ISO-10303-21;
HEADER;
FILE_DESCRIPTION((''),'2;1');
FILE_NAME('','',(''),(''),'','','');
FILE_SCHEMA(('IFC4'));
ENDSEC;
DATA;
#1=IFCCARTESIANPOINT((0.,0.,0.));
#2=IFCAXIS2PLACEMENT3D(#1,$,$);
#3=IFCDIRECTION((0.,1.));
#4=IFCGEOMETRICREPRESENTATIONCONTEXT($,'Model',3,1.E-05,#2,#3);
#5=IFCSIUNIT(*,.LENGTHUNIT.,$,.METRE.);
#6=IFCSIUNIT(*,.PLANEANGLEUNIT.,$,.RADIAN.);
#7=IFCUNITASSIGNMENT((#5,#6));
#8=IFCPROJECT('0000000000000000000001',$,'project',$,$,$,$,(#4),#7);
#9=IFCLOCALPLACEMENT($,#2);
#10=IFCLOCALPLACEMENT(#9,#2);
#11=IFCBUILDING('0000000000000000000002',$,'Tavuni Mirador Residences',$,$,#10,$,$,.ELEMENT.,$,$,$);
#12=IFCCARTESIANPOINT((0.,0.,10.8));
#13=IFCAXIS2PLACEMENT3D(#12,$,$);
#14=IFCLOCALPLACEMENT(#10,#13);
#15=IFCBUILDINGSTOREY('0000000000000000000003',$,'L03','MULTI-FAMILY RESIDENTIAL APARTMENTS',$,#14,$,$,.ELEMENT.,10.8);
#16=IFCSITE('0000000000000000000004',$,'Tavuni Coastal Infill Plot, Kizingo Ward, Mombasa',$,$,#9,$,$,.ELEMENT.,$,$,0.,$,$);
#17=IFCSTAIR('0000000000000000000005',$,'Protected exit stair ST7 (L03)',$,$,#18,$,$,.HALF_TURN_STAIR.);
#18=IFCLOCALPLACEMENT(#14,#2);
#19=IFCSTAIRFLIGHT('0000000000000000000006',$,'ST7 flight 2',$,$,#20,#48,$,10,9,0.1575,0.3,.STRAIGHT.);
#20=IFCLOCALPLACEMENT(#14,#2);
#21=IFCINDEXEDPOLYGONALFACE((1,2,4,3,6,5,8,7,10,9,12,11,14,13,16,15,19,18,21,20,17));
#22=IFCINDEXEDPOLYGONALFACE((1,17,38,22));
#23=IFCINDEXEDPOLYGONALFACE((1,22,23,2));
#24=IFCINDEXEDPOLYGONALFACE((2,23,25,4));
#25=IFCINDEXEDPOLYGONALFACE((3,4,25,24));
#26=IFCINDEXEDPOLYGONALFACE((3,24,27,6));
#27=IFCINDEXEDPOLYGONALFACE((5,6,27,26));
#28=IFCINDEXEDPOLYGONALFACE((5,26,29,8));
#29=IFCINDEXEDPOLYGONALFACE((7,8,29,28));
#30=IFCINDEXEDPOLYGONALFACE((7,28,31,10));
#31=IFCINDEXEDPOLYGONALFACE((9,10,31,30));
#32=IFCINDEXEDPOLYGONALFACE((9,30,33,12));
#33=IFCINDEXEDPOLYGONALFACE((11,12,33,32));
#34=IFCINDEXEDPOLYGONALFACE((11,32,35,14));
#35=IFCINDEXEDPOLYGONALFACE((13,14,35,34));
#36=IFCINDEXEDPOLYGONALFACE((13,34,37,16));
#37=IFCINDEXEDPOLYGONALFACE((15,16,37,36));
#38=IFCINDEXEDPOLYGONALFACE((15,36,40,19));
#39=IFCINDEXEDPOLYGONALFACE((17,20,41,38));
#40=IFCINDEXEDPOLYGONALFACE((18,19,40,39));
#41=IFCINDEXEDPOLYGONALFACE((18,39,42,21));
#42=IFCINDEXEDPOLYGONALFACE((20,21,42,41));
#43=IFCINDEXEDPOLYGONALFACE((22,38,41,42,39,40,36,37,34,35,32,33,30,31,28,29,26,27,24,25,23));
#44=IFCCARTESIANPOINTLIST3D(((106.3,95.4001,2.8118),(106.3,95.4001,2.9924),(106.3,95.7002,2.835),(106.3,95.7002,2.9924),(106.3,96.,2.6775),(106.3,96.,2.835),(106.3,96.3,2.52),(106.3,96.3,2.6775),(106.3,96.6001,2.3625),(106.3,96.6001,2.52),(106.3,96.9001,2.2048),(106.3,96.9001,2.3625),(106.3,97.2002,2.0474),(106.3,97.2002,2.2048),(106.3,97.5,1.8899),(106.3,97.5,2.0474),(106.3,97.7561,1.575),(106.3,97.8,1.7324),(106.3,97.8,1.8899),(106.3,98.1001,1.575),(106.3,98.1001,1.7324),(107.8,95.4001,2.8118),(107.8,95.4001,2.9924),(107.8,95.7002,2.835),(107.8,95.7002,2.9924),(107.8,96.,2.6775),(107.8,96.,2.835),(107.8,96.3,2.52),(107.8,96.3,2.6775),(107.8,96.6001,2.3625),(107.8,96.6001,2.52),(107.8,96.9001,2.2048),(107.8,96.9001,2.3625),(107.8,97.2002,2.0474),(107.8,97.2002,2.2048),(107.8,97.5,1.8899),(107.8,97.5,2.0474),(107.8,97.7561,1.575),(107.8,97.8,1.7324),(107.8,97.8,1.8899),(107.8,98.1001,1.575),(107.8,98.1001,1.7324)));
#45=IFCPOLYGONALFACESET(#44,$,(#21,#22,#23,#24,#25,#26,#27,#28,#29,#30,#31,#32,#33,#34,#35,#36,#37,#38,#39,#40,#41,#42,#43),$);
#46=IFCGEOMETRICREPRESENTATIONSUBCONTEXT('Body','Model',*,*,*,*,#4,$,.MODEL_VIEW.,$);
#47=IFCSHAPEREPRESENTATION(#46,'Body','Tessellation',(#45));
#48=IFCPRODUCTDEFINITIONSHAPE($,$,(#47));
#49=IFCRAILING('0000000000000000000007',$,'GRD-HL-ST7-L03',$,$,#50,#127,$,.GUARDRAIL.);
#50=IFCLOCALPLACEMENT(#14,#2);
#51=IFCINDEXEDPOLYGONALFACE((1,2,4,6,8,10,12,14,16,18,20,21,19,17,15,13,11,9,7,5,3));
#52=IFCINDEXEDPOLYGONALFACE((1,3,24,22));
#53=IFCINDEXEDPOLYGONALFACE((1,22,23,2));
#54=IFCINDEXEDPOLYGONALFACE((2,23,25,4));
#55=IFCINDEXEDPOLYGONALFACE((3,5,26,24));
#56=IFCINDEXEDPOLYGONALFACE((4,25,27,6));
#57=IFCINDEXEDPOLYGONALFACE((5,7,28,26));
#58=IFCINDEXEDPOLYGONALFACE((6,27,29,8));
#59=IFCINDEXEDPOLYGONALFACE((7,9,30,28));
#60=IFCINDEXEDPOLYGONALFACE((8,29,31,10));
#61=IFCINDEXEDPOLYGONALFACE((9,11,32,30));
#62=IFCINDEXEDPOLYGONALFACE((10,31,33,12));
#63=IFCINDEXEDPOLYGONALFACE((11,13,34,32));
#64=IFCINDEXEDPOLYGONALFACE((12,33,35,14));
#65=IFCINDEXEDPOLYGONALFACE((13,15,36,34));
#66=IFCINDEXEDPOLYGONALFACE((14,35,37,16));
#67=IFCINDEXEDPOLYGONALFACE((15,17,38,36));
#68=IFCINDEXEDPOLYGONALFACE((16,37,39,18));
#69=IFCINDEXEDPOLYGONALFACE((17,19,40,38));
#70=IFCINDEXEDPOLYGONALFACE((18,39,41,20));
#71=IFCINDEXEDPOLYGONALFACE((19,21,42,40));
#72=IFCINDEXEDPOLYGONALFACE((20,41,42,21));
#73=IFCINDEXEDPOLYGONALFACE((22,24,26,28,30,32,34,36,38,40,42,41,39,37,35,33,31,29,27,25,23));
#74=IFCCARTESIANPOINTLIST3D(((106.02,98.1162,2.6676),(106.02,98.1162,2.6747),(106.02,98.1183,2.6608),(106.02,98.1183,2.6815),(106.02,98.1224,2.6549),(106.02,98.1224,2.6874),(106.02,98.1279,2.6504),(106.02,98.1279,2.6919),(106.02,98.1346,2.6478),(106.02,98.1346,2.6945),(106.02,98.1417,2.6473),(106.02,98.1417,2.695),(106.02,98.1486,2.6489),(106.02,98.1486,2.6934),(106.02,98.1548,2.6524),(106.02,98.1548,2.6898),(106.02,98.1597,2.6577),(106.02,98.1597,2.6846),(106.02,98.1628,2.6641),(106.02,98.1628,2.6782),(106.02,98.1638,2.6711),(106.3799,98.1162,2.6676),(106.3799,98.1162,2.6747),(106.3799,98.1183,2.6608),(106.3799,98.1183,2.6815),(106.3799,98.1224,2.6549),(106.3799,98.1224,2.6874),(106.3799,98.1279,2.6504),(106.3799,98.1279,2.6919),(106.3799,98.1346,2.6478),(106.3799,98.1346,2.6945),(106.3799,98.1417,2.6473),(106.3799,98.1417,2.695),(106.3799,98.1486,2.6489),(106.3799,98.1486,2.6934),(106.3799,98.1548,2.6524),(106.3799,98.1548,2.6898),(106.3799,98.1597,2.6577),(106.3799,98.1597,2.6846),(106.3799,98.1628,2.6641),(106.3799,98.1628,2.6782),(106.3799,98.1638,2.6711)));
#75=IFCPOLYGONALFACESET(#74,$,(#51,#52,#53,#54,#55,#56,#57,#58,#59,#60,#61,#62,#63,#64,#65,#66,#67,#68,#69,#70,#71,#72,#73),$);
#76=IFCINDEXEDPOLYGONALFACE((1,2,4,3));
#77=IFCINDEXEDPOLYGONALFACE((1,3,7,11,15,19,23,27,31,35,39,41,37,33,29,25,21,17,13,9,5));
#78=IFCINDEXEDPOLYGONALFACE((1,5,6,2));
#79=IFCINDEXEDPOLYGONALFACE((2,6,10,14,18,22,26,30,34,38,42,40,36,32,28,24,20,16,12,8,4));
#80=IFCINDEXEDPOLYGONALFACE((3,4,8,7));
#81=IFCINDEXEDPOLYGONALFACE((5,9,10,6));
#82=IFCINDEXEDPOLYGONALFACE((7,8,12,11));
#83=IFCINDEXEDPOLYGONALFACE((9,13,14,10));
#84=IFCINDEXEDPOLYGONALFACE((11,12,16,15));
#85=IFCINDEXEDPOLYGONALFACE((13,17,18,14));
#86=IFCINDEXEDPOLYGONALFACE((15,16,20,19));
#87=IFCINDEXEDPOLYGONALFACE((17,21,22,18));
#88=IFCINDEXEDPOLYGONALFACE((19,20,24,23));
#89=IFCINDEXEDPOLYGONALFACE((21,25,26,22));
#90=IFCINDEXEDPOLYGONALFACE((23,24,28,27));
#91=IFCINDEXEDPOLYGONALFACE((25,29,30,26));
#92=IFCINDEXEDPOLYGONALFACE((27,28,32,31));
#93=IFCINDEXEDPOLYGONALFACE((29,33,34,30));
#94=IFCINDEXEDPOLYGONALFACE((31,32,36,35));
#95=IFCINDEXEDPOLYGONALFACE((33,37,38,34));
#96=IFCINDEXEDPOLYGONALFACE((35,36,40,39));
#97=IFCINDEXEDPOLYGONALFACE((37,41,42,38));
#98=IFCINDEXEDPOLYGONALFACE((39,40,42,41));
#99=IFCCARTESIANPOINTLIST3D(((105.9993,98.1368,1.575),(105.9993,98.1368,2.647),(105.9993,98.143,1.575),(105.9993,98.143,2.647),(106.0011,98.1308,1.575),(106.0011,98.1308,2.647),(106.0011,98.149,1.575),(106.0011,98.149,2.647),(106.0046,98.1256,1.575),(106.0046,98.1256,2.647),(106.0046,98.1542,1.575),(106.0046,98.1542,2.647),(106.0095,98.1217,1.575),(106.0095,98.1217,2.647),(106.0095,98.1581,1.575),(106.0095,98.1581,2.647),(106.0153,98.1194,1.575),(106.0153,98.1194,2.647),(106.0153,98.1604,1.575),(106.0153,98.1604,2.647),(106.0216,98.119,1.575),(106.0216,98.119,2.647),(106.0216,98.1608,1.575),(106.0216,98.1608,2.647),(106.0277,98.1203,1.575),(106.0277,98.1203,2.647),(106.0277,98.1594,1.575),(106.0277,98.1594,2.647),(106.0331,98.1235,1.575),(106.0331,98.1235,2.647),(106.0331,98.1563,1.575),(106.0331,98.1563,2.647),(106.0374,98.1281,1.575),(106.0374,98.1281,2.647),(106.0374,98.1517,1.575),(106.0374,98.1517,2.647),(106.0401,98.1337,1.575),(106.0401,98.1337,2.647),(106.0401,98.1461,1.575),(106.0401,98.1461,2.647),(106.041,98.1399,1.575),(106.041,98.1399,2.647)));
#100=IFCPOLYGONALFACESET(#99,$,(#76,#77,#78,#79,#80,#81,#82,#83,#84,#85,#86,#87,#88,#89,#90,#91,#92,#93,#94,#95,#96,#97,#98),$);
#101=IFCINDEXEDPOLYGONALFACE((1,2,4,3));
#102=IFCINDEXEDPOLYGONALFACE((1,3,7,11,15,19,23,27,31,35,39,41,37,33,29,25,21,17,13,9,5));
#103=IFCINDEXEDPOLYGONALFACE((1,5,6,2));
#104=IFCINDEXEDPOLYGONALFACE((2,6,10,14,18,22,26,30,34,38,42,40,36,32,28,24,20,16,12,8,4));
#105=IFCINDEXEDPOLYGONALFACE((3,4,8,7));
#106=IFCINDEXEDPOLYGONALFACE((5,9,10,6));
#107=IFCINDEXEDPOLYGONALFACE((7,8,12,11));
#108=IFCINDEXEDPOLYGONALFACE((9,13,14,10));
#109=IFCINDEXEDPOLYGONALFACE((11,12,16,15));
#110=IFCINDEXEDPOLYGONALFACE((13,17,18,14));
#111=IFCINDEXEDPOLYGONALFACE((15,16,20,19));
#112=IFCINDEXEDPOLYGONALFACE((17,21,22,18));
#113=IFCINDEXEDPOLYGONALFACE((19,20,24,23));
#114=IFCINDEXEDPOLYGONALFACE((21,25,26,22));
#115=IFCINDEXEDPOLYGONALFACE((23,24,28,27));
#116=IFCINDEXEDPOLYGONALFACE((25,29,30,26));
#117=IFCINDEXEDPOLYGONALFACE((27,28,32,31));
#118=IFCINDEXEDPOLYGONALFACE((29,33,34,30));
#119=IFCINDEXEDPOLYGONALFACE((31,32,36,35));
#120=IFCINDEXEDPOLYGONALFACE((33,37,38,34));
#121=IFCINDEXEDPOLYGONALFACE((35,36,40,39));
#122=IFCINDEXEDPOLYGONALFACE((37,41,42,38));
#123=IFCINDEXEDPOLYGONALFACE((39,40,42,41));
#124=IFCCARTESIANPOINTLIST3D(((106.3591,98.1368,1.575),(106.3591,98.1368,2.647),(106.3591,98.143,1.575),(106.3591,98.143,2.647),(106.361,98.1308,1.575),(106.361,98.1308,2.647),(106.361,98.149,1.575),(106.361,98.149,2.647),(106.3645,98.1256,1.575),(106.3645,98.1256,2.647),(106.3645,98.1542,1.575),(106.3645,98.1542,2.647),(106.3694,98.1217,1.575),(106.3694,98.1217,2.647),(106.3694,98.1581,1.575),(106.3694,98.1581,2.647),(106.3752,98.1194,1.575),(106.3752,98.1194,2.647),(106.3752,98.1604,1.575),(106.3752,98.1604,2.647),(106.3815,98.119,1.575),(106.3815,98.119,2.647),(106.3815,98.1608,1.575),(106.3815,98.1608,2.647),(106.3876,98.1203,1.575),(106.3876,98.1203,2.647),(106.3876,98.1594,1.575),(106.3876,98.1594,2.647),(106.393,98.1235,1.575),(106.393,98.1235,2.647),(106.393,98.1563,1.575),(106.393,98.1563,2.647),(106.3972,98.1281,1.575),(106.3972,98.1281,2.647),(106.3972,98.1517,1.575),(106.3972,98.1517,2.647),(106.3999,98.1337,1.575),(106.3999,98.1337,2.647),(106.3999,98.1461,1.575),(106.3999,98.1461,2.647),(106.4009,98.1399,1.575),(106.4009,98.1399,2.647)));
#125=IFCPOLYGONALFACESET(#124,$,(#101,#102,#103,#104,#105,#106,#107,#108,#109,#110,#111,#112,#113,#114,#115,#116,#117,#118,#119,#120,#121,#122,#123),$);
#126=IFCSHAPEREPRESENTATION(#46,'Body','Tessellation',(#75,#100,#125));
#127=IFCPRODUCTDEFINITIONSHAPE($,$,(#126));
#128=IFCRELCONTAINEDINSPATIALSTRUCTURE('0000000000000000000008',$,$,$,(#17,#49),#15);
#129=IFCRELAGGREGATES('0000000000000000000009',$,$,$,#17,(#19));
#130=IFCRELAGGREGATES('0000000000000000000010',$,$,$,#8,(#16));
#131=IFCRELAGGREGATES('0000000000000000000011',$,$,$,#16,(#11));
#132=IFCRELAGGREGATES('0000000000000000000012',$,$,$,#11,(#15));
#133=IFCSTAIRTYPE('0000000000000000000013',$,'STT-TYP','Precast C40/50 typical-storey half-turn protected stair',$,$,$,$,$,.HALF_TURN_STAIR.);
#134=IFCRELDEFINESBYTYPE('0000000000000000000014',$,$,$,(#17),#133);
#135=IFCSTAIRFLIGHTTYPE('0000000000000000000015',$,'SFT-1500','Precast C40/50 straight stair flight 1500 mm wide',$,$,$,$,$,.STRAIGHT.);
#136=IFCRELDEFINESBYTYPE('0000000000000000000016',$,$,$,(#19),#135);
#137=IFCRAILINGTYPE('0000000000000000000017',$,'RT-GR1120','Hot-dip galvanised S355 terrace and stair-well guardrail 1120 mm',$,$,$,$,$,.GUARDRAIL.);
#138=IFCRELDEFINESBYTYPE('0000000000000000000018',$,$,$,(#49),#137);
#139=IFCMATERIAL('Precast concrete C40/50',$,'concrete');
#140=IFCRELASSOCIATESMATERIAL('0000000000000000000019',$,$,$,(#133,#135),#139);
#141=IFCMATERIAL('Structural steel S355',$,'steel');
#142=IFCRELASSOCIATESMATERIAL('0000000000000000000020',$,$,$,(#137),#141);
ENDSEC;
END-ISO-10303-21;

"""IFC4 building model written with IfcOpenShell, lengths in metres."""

from ifc_helpers import new_model, si_unit, direction, frame, origin, origin_2d, place, context, subcontext, project, spatial, polyline, circle, outline, extrude, material, type_object, element, aggregate, save


model = new_model("IFC4")

# Units and contexts
model_context = context("Model", 3, precision=1e-05, world=origin(), true_north=direction((0.0, 1.0)))
body_context = subcontext(model_context, "Body", "Model", "MODEL_VIEW")
ifc_project = project(units=[si_unit("LENGTHUNIT", "METRE"), si_unit("PLANEANGLEUNIT", "RADIAN")], contexts=[model_context])

# Site, building, storey
site_placement = place(None, origin())
site = spatial("IfcSite", under=ifc_project, at=site_placement, Name="Tavuni Coastal Infill Plot, Kizingo Ward, Mombasa", CompositionType="ELEMENT", RefElevation=0.0)
building_placement = place(site_placement, origin())
building = spatial("IfcBuilding", under=site, at=building_placement, Name="Tavuni Mirador Residences", CompositionType="ELEMENT")
storey_placement = place(building_placement, frame((0.0, 0.0, 10.8)))
storey = spatial("IfcBuildingStorey", under=building, at=storey_placement, Name="L03", Description="MULTI-FAMILY RESIDENTIAL APARTMENTS", CompositionType="ELEMENT", Elevation=10.8)

# Shared definitions
ifc_material_1 = material(Name="Precast concrete C40/50", Category="concrete")

# Shared definitions
ifc_material_2 = material(Name="Structural steel S355", Category="steel")

# Stair, stair flight
stair_type = type_object("IfcStairType", Name="STT-TYP", Description="Precast C40/50 typical-storey half-turn protected stair", PredefinedType="HALF_TURN_STAIR", material=ifc_material_1)
stair_placement = place(storey_placement, origin())
stair = element("IfcStair", 1, at=stair_placement, inside=storey, type_object=stair_type, Name="Protected exit stair ST7 (L03)", PredefinedType="HALF_TURN_STAIR")
stair_flight_type = type_object("IfcStairFlightType", Name="SFT-1500", Description="Precast C40/50 straight stair flight 1500 mm wide", PredefinedType="STRAIGHT", material=ifc_material_1)
stair_flight_placement = place(storey_placement, frame((107.05, 98.1001, 1.575), z_axis=(0.0, 0.0, 1.0), x_axis=(0.0, -1.0, 0.0)))
stair_flight = element("IfcStairFlight", 2, at=stair_flight_placement, type_object=stair_flight_type, Name="ST7 flight 2", NumberOfRisers=10, NumberOfTreads=9, PredefinedType="STRAIGHT", RiserHeight=0.1575, TreadLength=0.3, context=body_context, shape_type="SweptSolid", body=[
    extrude(outline(polyline([(0.0, 0.0), (0.0, 0.1575), (0.3, 0.1575), (0.3, 0.3149), (0.6001, 0.3149), (0.6001, 0.4724), (0.8999, 0.4724), (0.8999, 0.6299), (1.2, 0.6299), (1.2, 0.7876), (1.5, 0.7876), (1.5, 0.9451), (1.8, 0.9451), (1.8, 1.1025), (2.1001, 1.1025), (2.1001, 1.26), (2.3999, 1.26), (2.3999, 1.4175), (2.7, 1.4175), (2.7, 1.575), (2.7, 1.2368), (0.344, 0.0), (0.0, 0.0)])), frame((0.0, 0.75, 0.0), z_axis=(0.0, -1.0, 0.0), x_axis=(1.0, 0.0, 0.0)), (0.0, 0.0, 1.0), 1.5),
])
aggregate(stair, [stair_flight])

# Railing
railing_type_1 = type_object("IfcRailingType", Name="RT-GR1120", Description="Hot-dip galvanised S355 terrace and stair-well guardrail 1120 mm", PredefinedType="GUARDRAIL", material=ifc_material_2)
railing_1_placement = place(storey_placement, frame((106.02, 98.1399, 1.575)))
element("IfcRailing", 3, at=railing_1_placement, inside=storey, type_object=railing_type_1, Name="GRD-HL-ST7-L03", PredefinedType="GUARDRAIL", context=body_context, shape_type="SweptSolid", body=[
    extrude(circle(Radius=0.0239, at=origin_2d()), frame((0.0, 0.0, 1.0962), z_axis=(1.0, 0.0, 0.0), x_axis=(0.0, 1.0, 0.0)), (0.0, 0.0, 1.0), 0.3599),
    extrude(circle(Radius=0.021, at=origin_2d()), origin(), (0.0, 0.0, 1.0), 1.072),
    extrude(circle(Radius=0.021, at=origin_2d()), frame((0.3599, 0.0, 0.0)), (0.0, 0.0, 1.0), 1.072),
])

save(model, "model.ifc")
